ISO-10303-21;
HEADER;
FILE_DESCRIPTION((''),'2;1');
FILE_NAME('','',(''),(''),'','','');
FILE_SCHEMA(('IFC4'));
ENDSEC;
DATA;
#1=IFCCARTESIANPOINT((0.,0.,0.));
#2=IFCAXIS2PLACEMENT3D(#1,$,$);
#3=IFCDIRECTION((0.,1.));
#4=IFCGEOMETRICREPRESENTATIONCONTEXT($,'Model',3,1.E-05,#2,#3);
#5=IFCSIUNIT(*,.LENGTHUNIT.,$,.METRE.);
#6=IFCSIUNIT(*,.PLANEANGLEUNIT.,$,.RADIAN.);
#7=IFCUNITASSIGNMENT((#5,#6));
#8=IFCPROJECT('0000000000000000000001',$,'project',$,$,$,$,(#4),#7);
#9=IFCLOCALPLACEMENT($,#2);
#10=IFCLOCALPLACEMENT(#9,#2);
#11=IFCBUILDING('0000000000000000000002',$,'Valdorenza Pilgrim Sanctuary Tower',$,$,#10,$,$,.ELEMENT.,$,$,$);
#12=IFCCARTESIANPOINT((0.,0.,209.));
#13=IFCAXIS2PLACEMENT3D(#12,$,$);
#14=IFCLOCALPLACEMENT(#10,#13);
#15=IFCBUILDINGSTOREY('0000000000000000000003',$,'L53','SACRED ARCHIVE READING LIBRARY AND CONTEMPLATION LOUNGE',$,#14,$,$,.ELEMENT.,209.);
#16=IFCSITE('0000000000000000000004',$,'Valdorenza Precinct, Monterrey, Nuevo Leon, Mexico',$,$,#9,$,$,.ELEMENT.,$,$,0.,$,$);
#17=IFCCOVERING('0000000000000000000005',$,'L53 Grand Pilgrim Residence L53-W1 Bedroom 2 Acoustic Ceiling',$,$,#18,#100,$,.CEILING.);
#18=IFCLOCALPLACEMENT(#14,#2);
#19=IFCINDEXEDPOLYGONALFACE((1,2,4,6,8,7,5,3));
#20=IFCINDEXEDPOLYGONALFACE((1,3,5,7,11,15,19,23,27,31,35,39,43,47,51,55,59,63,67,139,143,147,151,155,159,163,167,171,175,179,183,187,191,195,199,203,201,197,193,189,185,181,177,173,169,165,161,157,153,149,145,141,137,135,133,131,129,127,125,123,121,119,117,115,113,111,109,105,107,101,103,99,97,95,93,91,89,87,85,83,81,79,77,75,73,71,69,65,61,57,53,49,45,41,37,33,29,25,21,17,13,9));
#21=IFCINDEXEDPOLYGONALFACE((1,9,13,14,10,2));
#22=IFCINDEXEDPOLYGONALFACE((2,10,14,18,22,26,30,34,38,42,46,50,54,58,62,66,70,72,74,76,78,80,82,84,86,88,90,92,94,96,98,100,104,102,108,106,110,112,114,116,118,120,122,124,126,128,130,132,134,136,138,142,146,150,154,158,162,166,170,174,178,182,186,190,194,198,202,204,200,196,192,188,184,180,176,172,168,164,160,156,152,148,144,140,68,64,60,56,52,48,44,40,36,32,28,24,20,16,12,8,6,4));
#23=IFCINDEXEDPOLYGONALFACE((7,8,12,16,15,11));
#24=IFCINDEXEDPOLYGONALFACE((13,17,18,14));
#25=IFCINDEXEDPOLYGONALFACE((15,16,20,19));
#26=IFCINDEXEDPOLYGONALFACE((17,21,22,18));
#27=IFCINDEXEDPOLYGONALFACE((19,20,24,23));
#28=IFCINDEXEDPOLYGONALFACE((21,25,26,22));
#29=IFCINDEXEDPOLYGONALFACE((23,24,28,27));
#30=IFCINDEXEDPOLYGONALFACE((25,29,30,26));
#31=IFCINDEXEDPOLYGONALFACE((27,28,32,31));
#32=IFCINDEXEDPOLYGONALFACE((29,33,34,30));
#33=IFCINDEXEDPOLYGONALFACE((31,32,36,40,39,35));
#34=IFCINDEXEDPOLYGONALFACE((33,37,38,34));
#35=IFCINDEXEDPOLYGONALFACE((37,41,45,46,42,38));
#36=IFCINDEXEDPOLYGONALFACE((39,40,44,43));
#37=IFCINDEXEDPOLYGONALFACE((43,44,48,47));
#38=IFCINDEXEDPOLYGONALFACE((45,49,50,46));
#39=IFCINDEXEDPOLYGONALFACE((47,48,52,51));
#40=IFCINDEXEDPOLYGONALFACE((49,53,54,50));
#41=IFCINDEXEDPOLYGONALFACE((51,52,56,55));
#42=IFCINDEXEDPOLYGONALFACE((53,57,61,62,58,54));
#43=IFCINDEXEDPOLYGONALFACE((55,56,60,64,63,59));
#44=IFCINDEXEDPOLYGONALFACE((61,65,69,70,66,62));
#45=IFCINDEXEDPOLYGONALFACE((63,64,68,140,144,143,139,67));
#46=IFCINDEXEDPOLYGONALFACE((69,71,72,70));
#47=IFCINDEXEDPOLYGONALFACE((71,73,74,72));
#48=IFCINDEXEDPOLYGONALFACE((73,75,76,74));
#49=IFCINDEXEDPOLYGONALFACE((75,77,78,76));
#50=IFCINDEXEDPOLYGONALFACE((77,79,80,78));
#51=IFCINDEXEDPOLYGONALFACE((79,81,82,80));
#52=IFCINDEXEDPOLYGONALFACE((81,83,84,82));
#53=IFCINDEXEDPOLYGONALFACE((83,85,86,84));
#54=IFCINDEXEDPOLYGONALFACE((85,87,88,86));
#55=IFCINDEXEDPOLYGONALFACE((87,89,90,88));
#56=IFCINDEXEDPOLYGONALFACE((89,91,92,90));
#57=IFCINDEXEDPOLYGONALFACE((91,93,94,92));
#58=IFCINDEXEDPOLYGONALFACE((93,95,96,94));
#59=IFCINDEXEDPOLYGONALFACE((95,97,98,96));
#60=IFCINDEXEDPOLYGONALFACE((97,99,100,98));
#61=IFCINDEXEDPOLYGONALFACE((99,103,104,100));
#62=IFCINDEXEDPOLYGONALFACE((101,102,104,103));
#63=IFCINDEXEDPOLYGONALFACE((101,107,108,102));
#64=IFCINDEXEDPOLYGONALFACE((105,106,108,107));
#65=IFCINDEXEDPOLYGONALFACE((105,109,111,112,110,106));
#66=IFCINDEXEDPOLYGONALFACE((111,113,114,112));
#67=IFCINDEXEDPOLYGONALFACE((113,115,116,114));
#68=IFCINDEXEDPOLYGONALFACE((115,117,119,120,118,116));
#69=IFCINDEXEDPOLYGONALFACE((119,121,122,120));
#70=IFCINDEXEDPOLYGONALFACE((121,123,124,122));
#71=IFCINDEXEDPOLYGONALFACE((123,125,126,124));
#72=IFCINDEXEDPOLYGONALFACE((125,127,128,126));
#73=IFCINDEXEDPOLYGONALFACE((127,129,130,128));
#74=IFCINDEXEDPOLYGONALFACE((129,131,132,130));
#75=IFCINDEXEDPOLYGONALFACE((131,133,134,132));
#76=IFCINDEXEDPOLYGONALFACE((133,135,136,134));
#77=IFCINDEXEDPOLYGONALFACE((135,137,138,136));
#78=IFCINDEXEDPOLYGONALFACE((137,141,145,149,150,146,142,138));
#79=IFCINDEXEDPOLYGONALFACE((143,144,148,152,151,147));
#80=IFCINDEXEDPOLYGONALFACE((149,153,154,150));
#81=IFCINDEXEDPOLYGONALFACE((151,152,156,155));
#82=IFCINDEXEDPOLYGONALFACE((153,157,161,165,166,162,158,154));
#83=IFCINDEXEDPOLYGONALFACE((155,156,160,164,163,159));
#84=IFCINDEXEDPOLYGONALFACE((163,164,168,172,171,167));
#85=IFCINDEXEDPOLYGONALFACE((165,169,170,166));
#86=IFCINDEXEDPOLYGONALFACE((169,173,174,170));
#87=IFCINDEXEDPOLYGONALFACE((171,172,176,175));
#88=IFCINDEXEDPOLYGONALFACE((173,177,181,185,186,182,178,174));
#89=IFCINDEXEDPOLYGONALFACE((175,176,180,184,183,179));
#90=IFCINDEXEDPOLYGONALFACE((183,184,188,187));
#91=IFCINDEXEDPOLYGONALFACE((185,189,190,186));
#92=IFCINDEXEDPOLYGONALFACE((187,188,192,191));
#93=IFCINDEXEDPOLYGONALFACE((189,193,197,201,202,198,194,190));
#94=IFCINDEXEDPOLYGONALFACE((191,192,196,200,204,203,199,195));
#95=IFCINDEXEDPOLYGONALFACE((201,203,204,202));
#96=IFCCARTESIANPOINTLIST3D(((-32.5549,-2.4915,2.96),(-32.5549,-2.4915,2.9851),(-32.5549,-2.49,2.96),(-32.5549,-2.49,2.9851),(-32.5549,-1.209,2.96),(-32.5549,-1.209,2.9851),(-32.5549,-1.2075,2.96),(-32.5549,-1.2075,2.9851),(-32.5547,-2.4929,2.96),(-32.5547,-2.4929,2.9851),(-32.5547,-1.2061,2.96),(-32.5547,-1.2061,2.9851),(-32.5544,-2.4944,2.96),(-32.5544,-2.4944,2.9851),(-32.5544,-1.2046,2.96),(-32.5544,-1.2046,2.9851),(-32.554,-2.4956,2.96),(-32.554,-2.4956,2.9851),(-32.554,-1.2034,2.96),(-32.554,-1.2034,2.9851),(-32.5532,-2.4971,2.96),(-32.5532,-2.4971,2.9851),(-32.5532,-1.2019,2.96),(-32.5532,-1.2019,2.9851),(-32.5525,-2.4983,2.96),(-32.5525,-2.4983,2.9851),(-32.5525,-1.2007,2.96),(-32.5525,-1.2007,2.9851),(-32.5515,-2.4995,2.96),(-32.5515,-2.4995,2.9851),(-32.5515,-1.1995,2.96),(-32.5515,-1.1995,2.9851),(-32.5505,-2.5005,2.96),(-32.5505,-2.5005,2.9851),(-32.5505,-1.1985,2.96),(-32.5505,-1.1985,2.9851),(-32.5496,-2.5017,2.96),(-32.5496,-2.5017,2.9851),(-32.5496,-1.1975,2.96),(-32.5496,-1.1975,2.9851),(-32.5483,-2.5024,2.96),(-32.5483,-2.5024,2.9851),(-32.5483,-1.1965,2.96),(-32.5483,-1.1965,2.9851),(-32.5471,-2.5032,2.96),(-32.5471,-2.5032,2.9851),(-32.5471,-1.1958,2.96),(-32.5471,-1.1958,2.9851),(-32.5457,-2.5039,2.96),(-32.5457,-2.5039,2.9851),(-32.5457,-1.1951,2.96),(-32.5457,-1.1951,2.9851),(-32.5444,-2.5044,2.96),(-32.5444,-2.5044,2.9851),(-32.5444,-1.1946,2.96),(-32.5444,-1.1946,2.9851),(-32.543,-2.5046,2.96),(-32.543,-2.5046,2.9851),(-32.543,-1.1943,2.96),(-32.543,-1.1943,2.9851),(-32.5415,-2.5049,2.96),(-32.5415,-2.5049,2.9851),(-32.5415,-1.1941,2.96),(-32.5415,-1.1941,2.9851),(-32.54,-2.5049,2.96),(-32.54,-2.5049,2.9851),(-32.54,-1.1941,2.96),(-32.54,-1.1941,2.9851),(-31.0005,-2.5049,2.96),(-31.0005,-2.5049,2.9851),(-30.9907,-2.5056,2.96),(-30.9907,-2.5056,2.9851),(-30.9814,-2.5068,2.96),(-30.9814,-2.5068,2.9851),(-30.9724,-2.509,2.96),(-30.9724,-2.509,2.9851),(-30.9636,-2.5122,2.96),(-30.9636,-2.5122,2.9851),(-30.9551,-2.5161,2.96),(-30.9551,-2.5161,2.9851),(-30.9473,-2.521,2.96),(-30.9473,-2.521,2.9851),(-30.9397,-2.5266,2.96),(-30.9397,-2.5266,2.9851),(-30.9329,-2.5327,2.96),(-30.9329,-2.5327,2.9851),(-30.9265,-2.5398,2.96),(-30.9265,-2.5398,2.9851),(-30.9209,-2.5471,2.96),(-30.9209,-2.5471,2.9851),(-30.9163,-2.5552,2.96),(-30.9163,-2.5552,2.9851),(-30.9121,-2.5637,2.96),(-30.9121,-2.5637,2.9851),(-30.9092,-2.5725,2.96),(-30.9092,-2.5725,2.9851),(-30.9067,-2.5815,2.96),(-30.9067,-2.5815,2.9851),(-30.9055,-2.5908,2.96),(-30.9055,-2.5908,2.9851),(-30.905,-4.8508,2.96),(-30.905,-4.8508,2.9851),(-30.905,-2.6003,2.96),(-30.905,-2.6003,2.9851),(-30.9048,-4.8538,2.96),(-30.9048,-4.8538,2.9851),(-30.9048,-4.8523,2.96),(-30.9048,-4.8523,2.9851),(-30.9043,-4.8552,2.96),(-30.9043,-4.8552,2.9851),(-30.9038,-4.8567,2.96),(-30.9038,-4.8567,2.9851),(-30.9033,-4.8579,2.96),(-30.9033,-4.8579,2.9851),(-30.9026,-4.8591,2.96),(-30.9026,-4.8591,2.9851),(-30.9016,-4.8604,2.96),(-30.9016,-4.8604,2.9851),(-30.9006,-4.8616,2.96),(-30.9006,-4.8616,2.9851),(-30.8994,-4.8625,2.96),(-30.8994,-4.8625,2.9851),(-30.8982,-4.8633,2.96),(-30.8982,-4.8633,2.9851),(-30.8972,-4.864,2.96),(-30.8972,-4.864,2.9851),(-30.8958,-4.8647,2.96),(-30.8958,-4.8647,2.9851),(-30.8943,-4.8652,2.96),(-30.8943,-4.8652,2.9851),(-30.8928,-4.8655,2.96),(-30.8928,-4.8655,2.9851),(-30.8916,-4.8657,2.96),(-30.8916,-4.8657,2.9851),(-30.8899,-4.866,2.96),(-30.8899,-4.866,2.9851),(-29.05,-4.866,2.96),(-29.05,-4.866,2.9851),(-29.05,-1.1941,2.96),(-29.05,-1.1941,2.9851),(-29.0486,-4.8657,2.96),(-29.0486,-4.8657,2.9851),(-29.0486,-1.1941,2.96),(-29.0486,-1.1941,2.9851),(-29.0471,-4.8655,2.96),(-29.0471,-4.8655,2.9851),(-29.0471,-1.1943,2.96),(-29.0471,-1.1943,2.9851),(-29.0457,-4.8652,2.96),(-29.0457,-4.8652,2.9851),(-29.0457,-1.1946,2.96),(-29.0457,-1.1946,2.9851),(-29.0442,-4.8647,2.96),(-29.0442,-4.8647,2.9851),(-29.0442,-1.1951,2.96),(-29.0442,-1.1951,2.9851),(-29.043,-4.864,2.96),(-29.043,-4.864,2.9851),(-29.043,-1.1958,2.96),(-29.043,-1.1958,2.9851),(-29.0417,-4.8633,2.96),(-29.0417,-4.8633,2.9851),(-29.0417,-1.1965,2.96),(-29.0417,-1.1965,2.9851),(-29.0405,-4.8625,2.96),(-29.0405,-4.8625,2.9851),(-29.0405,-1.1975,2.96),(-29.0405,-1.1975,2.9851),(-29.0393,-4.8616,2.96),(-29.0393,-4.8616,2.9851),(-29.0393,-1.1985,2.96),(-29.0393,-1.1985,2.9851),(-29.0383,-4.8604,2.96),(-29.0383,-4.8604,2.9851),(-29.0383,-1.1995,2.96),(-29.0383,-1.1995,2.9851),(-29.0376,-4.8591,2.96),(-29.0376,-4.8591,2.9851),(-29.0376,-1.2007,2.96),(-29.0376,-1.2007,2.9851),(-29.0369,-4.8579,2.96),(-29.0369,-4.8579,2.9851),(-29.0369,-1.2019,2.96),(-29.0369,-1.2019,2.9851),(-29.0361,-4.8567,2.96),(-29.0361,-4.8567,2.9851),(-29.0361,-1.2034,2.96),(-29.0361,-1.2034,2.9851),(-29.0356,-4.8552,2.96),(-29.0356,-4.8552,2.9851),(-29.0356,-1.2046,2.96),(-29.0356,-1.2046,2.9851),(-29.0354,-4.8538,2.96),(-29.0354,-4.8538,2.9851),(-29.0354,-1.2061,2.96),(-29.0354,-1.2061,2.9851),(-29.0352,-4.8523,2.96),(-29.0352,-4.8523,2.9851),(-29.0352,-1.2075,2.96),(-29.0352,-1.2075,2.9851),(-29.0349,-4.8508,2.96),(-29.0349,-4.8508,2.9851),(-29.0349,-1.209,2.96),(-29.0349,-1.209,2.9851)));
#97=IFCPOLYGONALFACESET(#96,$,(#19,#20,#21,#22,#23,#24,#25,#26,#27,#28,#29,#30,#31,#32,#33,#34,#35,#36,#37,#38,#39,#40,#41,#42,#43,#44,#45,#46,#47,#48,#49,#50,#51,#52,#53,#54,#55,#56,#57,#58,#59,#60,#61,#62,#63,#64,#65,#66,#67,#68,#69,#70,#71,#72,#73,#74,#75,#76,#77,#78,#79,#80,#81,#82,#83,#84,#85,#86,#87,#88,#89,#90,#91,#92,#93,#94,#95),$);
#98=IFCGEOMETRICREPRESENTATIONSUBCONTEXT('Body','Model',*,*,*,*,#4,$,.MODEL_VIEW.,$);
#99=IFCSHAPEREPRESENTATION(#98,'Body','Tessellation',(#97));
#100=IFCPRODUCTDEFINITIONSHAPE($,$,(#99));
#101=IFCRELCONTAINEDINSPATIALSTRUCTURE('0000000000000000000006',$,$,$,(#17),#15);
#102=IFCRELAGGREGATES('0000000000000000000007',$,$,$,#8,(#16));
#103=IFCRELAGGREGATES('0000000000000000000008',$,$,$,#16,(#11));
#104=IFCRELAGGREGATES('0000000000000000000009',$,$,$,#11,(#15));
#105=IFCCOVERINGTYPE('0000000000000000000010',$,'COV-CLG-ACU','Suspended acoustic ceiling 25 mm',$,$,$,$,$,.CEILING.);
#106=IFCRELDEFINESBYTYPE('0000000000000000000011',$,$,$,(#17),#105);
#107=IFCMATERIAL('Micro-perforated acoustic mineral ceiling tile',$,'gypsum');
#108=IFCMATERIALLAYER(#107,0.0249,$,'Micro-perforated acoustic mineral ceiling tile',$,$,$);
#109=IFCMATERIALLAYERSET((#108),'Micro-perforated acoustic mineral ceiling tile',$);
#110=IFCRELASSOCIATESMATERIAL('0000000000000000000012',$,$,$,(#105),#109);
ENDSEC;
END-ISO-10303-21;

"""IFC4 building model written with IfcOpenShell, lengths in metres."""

from ifc_helpers import new_model, si_unit, direction, frame, origin, place, context, subcontext, project, spatial, polyline, outline, extrude, material, layer, layer_set, type_object, element, save


model = new_model("IFC4")

# Units and contexts
model_context = context("Model", 3, precision=1e-05, world=origin(), true_north=direction((0.0, 1.0)))
body_context = subcontext(model_context, "Body", "Model", "MODEL_VIEW")
ifc_project = project(units=[si_unit("LENGTHUNIT", "METRE"), si_unit("PLANEANGLEUNIT", "RADIAN")], contexts=[model_context])

# Site, building, storey
site_placement = place(None, origin())
site = spatial("IfcSite", under=ifc_project, at=site_placement, Name="Valdorenza Precinct, Monterrey, Nuevo Leon, Mexico", CompositionType="ELEMENT", RefElevation=0.0)
building_placement = place(site_placement, origin())
building = spatial("IfcBuilding", under=site, at=building_placement, Name="Valdorenza Pilgrim Sanctuary Tower", CompositionType="ELEMENT")
storey_placement = place(building_placement, frame((0.0, 0.0, 209.0)))
storey = spatial("IfcBuildingStorey", under=building, at=storey_placement, Name="L53", Description="SACRED ARCHIVE READING LIBRARY AND CONTEMPLATION LOUNGE", CompositionType="ELEMENT", Elevation=209.0)

# Covering
ifc_material_1 = material(Name="Micro-perforated acoustic mineral ceiling tile", Category="gypsum")
ifc_layer_1 = layer(ifc_material_1, 0.0249, Name="Micro-perforated acoustic mineral ceiling tile")
ifc_layer_set_1 = layer_set([ifc_layer_1], Name="Micro-perforated acoustic mineral ceiling tile")
covering_type_1 = type_object("IfcCoveringType", Name="COV-CLG-ACU", Description="Suspended acoustic ceiling 25 mm", PredefinedType="CEILING", material=ifc_layer_set_1)
covering_1_placement = place(storey_placement, frame((0.0, 0.0, 2.96)))
element("IfcCovering", 1, at=covering_1_placement, inside=storey, type_object=covering_type_1, Name="L53 Grand Pilgrim Residence L53-W1 Bedroom 2 Acoustic Ceiling", PredefinedType="CEILING", context=body_context, shape_type="SweptSolid", body=[
    extrude(outline(polyline([(-29.0349, -4.8508), (-29.0352, -4.8523), (-29.0354, -4.8538), (-29.0356, -4.8552), (-29.0361, -4.8567), (-29.0369, -4.8579), (-29.0376, -4.8591), (-29.0383, -4.8604), (-29.0393, -4.8616), (-29.0405, -4.8625), (-29.0417, -4.8633), (-29.043, -4.864), (-29.0442, -4.8647), (-29.0457, -4.8652), (-29.0471, -4.8655), (-29.0486, -4.8657), (-29.05, -4.866), (-30.8899, -4.866), (-30.8916, -4.8657), (-30.8928, -4.8655), (-30.8943, -4.8652), (-30.8958, -4.8647), (-30.8972, -4.864), (-30.8982, -4.8633), (-30.8994, -4.8625), (-30.9006, -4.8616), (-30.9016, -4.8604), (-30.9026, -4.8591), (-30.9033, -4.8579), (-30.9038, -4.8567), (-30.9043, -4.8552), (-30.9048, -4.8538), (-30.9048, -4.8523), (-30.905, -4.8508), (-30.905, -2.6003), (-30.9055, -2.5908), (-30.9067, -2.5815), (-30.9092, -2.5725), (-30.9121, -2.5637), (-30.9163, -2.5552), (-30.9209, -2.5471), (-30.9265, -2.5398), (-30.9329, -2.5327), (-30.9397, -2.5266), (-30.9473, -2.521), (-30.9551, -2.5161), (-30.9636, -2.5122), (-30.9724, -2.509), (-30.9814, -2.5068), (-30.9907, -2.5056), (-31.0005, -2.5049), (-32.54, -2.5049), (-32.5415, -2.5049), (-32.543, -2.5046), (-32.5444, -2.5044), (-32.5457, -2.5039), (-32.5471, -2.5032), (-32.5483, -2.5024), (-32.5496, -2.5017), (-32.5505, -2.5005), (-32.5515, -2.4995), (-32.5525, -2.4983), (-32.5532, -2.4971), (-32.554, -2.4956), (-32.5544, -2.4944), (-32.5547, -2.4929), (-32.5549, -2.4915), (-32.5549, -2.49), (-32.5549, -1.209), (-32.5549, -1.2075), (-32.5547, -1.2061), (-32.5544, -1.2046), (-32.554, -1.2034), (-32.5532, -1.2019), (-32.5525, -1.2007), (-32.5515, -1.1995), (-32.5505, -1.1985), (-32.5496, -1.1975), (-32.5483, -1.1965), (-32.5471, -1.1958), (-32.5457, -1.1951), (-32.5444, -1.1946), (-32.543, -1.1943), (-32.5415, -1.1941), (-32.54, -1.1941), (-29.05, -1.1941), (-29.0486, -1.1941), (-29.0471, -1.1943), (-29.0457, -1.1946), (-29.0442, -1.1951), (-29.043, -1.1958), (-29.0417, -1.1965), (-29.0405, -1.1975), (-29.0393, -1.1985), (-29.0383, -1.1995), (-29.0376, -1.2007), (-29.0369, -1.2019), (-29.0361, -1.2034), (-29.0356, -1.2046), (-29.0354, -1.2061), (-29.0352, -1.2075), (-29.0349, -1.209), (-29.0349, -4.8508)])), origin(), (0.0, 0.0, 1.0), 0.0251),
])

save(model, "model.ifc")
